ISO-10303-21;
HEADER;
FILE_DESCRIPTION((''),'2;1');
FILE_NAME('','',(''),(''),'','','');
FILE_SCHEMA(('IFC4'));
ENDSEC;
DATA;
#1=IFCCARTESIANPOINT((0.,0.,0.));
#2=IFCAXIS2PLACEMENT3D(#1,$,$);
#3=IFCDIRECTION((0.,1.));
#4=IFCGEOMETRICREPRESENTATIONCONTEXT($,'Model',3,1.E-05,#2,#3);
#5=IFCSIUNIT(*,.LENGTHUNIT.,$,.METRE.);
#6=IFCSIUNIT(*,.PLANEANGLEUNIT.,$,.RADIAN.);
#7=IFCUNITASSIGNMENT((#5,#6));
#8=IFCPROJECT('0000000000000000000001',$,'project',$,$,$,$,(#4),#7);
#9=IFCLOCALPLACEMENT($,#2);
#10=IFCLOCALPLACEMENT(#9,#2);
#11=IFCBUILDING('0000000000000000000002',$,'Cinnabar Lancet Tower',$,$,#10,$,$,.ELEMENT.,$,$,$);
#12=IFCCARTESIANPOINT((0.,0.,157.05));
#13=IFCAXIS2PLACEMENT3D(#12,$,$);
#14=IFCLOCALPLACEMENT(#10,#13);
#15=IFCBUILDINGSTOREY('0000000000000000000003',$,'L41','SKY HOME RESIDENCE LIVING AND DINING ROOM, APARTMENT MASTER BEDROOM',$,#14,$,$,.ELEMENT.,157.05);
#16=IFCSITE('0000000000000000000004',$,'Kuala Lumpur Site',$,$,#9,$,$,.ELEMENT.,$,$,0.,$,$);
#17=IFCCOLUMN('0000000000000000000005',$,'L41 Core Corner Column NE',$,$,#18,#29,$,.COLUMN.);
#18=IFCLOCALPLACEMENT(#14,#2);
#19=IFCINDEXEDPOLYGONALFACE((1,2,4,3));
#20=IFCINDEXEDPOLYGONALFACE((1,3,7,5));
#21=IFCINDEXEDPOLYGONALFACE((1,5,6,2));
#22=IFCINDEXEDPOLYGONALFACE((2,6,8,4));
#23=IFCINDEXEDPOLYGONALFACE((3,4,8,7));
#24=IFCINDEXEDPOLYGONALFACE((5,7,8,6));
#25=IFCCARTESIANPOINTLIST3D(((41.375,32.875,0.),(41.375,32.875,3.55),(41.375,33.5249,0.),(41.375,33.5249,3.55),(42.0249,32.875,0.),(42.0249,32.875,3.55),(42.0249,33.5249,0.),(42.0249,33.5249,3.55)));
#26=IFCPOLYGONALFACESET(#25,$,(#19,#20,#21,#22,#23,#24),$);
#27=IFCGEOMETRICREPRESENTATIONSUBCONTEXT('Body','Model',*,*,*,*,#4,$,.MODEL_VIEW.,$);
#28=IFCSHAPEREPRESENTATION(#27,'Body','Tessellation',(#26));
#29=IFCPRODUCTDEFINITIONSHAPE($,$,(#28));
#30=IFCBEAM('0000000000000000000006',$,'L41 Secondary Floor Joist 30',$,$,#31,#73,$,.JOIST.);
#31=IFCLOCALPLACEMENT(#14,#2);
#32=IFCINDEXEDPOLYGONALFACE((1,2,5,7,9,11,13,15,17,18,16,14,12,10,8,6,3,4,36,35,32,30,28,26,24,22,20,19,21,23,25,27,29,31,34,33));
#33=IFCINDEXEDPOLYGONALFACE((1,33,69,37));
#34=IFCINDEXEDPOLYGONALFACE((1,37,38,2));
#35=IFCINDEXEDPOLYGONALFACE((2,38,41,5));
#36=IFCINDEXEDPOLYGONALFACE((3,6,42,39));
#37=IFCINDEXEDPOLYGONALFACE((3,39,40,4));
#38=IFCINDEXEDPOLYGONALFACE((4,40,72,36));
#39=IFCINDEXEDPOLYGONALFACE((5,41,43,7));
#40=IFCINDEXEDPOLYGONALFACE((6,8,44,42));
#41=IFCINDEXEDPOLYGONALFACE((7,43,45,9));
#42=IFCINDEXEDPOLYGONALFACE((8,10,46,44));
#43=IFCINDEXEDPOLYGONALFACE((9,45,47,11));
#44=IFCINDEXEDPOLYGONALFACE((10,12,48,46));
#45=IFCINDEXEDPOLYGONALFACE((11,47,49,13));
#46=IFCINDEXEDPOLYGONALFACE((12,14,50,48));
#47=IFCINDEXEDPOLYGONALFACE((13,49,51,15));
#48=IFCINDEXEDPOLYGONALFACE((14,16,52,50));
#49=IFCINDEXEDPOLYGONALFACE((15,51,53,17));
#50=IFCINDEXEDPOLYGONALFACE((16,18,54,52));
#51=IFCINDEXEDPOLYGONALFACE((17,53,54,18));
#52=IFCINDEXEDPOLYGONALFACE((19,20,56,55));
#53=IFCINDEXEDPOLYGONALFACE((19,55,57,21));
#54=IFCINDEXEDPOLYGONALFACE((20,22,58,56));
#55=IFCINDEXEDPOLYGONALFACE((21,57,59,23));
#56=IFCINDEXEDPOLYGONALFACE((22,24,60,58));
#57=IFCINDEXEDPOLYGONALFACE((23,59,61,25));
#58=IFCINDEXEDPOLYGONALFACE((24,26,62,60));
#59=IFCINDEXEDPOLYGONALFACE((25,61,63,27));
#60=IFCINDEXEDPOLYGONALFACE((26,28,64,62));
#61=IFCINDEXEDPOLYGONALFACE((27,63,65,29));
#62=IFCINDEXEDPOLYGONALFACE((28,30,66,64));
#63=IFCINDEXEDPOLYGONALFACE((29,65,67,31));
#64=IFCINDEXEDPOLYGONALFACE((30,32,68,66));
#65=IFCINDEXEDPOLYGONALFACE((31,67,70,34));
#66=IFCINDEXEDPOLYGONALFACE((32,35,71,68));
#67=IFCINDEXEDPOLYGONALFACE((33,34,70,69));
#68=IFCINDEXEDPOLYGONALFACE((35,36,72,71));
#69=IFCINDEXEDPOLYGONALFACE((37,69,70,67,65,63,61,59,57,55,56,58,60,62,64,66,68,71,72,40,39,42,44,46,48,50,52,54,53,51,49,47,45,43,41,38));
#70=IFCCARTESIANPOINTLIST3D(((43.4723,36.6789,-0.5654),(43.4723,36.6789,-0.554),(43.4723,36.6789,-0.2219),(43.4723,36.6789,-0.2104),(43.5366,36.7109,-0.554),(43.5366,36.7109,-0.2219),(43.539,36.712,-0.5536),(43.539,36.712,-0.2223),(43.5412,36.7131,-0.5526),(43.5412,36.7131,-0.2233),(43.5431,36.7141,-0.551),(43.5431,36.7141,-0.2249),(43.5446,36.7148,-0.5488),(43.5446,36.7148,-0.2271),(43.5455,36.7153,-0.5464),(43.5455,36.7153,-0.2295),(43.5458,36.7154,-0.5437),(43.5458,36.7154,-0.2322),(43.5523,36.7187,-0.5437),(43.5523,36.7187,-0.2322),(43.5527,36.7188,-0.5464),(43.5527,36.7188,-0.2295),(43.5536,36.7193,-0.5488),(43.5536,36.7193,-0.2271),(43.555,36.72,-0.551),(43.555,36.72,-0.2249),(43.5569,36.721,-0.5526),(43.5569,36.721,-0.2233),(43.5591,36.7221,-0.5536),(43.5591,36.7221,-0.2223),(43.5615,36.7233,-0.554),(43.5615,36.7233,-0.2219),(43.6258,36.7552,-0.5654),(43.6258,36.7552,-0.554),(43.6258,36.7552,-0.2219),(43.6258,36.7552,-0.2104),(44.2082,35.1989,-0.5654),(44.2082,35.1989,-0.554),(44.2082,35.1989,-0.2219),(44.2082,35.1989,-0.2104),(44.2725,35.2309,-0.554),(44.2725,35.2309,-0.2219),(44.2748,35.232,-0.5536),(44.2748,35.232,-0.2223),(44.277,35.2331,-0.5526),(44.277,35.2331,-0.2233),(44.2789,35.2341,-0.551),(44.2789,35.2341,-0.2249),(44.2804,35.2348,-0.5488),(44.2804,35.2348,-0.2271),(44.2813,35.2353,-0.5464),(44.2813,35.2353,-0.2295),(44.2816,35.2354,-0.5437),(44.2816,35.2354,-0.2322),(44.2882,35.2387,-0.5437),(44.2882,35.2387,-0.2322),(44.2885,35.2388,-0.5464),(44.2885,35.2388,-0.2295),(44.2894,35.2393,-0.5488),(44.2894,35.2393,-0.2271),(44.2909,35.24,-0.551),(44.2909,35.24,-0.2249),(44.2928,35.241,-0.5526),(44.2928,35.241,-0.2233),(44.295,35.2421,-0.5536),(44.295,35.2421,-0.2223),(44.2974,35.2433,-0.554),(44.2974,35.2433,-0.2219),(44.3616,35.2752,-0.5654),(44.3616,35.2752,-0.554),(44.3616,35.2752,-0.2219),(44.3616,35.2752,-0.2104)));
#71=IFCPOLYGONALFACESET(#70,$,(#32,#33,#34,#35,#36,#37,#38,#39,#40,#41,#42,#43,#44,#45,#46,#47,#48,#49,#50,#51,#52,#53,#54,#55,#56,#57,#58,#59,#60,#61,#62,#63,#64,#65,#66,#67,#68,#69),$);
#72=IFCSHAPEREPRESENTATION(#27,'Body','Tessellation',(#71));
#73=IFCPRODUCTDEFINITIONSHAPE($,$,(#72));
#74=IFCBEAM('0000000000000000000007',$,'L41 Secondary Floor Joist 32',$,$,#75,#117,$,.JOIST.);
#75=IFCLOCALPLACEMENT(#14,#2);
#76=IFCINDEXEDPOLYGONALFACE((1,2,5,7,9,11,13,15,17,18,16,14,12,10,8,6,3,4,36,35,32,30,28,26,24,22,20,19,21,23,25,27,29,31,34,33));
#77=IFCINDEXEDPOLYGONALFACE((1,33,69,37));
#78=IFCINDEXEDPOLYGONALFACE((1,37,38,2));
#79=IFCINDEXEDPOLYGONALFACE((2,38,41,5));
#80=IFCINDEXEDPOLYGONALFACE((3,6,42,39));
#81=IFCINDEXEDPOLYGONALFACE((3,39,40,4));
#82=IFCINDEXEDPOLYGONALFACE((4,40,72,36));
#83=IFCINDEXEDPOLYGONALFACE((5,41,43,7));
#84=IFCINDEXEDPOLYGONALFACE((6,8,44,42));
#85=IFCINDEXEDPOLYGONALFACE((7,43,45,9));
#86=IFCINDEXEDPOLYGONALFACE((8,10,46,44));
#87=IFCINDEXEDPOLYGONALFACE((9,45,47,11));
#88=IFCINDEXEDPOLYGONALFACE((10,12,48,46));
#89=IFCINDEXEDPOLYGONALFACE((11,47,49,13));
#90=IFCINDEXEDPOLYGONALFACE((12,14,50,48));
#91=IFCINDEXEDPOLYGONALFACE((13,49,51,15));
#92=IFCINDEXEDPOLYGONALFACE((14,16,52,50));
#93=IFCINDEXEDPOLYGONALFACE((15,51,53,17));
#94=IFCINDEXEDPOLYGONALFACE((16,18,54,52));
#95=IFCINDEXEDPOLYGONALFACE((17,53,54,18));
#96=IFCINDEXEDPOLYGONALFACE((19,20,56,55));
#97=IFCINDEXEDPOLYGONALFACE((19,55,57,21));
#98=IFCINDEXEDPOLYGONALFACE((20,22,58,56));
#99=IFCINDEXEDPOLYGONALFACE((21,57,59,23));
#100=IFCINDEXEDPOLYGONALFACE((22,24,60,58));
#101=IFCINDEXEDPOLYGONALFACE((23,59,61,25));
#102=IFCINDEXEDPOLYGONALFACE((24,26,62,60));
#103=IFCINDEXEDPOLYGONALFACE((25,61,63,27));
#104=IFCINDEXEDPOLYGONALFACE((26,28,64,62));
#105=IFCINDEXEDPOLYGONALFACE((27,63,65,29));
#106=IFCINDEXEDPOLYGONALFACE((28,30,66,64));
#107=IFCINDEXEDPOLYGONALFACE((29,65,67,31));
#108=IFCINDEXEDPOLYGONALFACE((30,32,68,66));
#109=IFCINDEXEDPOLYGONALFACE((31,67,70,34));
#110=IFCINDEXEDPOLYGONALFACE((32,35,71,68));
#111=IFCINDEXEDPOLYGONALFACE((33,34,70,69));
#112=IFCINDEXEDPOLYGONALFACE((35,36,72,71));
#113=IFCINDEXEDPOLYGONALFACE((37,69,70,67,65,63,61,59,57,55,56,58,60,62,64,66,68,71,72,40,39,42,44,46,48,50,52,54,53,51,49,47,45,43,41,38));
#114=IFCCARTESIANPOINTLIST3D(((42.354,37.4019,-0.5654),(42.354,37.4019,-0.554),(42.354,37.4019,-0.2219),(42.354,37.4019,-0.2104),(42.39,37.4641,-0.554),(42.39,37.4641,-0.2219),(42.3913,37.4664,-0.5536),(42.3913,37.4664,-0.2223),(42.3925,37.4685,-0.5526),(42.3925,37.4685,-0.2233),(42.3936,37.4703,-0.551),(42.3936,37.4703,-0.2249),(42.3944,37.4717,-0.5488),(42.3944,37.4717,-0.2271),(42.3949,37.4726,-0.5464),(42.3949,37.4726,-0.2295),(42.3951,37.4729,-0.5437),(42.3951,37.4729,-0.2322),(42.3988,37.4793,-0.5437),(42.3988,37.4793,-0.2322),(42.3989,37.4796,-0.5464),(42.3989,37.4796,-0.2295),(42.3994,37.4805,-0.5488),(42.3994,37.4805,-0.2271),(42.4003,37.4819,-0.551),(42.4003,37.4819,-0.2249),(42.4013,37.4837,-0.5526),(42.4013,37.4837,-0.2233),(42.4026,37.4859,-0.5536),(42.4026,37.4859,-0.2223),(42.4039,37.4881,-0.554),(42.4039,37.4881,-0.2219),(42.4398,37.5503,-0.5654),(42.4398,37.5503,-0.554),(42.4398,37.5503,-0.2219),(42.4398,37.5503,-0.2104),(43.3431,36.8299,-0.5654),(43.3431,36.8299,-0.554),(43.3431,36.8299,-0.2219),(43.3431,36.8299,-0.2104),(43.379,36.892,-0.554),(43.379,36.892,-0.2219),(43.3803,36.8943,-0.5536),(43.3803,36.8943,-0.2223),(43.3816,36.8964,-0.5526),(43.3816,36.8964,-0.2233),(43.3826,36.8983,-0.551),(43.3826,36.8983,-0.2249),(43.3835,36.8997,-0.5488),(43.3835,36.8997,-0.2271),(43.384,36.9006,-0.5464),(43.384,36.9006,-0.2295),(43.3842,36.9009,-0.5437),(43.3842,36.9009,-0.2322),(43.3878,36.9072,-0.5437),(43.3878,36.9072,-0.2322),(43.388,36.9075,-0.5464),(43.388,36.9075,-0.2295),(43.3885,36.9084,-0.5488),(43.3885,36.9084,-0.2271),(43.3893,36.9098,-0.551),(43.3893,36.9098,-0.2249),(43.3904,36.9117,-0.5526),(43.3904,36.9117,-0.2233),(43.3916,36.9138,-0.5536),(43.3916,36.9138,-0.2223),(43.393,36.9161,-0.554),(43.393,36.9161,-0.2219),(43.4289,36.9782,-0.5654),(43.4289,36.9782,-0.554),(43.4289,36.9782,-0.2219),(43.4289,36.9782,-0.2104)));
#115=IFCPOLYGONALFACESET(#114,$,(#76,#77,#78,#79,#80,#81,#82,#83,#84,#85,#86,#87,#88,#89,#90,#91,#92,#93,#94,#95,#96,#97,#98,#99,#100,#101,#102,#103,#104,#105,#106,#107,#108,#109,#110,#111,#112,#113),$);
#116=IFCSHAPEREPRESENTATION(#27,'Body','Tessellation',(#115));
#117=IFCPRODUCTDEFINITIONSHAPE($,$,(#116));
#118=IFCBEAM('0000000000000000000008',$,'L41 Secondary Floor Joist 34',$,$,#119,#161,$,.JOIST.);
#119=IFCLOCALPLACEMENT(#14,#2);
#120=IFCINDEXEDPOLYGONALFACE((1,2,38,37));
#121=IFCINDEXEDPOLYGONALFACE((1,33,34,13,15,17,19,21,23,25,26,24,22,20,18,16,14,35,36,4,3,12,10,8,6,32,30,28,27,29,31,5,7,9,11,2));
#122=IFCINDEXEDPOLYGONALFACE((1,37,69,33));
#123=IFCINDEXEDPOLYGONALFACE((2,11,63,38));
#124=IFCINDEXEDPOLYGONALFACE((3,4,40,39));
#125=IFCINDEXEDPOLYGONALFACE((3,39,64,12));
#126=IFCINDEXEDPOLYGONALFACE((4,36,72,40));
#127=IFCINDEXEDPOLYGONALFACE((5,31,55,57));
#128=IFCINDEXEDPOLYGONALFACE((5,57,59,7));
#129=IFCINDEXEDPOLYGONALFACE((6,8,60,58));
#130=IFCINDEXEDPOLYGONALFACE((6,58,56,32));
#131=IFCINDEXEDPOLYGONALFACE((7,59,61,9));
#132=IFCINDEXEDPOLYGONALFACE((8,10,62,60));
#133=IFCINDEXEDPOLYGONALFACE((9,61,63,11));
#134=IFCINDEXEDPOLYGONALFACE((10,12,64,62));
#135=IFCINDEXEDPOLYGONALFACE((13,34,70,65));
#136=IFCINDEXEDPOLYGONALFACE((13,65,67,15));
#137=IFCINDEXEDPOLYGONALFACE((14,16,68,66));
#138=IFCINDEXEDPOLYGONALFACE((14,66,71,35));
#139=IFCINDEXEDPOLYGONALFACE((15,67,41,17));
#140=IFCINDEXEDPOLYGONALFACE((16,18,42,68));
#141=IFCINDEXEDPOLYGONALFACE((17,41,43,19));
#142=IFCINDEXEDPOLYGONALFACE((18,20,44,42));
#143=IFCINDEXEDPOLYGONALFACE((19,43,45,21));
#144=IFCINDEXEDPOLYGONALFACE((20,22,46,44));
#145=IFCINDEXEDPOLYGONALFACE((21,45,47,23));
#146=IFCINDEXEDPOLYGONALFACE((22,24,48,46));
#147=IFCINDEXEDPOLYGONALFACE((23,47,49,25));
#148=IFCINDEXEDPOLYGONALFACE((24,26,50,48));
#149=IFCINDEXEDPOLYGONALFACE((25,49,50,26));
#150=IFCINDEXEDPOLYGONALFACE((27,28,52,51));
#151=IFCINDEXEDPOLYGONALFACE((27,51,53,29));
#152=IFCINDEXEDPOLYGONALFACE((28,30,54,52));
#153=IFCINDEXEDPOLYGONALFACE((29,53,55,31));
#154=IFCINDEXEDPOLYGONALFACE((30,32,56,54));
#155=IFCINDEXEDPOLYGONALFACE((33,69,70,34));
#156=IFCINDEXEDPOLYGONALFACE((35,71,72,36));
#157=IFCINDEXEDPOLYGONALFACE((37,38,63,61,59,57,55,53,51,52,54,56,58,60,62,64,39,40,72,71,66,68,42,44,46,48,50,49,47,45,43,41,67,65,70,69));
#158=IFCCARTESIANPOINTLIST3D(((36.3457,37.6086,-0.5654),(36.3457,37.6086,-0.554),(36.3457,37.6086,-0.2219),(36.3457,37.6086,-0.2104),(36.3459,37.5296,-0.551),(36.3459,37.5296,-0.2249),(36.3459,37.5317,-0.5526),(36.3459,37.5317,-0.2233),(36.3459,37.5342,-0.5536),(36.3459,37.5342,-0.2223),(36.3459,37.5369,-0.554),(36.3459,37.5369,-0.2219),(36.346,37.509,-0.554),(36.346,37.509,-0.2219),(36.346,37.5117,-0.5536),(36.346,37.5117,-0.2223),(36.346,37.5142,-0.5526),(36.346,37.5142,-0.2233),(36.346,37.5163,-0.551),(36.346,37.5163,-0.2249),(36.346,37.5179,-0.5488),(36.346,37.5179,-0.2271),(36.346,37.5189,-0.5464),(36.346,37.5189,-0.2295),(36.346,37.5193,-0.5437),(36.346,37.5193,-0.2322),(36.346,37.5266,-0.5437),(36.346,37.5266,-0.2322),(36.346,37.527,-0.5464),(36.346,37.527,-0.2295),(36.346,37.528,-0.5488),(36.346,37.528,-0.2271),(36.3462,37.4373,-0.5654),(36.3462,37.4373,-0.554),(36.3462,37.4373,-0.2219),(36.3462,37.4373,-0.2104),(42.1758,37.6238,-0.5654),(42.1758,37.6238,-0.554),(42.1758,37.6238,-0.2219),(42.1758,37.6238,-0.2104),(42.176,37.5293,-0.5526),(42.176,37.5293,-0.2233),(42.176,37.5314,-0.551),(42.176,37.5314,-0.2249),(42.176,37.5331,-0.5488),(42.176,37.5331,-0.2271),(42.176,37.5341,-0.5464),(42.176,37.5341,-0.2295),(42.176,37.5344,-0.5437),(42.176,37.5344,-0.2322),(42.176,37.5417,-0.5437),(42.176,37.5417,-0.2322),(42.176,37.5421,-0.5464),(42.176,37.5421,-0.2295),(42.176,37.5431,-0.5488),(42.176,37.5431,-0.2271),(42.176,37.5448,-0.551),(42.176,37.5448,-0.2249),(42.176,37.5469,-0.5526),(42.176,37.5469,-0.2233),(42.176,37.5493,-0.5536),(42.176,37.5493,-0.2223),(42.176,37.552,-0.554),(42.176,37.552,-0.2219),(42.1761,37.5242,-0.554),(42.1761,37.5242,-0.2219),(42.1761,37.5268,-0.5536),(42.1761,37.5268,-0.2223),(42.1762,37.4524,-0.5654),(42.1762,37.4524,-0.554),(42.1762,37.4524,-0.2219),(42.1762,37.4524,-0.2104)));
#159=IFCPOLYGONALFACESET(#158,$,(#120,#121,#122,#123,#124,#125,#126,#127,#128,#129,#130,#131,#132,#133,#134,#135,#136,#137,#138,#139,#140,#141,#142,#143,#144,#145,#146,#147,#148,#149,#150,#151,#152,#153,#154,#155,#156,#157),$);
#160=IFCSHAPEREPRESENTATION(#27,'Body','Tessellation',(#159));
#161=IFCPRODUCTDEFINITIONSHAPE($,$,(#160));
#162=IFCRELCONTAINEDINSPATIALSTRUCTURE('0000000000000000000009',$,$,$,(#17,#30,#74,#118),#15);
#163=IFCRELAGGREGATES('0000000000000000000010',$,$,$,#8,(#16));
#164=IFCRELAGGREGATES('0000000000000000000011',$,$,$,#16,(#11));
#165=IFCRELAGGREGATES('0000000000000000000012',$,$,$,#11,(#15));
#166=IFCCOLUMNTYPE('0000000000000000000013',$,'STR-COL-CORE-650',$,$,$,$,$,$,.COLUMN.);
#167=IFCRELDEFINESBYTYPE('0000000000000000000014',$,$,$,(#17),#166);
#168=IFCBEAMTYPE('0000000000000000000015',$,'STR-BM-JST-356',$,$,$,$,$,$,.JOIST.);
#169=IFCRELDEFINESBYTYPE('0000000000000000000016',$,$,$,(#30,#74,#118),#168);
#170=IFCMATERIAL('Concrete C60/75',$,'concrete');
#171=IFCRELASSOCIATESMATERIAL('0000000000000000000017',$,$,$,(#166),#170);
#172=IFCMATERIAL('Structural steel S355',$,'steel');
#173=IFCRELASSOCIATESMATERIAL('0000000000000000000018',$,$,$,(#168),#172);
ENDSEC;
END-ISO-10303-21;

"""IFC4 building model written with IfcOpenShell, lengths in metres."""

from ifc_helpers import new_model, si_unit, direction, frame, origin, origin_2d, place, context, subcontext, project, spatial, rectangle, i_section, extrude, material, material_profile, profile_set, type_object, element, save


model = new_model("IFC4")

# Units and contexts
model_context = context("Model", 3, precision=1e-05, world=origin(), true_north=direction((0.0, 1.0)))
body_context = subcontext(model_context, "Body", "Model", "MODEL_VIEW")
ifc_project = project(units=[si_unit("LENGTHUNIT", "METRE"), si_unit("PLANEANGLEUNIT", "RADIAN")], contexts=[model_context])

# Site, building, storey
site_placement = place(None, origin())
site = spatial("IfcSite", under=ifc_project, at=site_placement, Name="Kuala Lumpur Site", CompositionType="ELEMENT", RefElevation=0.0)
building_placement = place(site_placement, origin())
building = spatial("IfcBuilding", under=site, at=building_placement, Name="Cinnabar Lancet Tower", CompositionType="ELEMENT")
storey_placement = place(building_placement, frame((0.0, 0.0, 157.05)))
storey = spatial("IfcBuildingStorey", under=building, at=storey_placement, Name="L41", Description="SKY HOME RESIDENCE LIVING AND DINING ROOM, APARTMENT MASTER BEDROOM", CompositionType="ELEMENT", Elevation=157.05)

# Column
ifc_material_1 = material(Name="Concrete C60/75", Category="concrete")
ifc_material_profile_1 = material_profile(ifc_material_1, rectangle(XDim=0.6499, YDim=0.6499, at=origin_2d()), Name="RC-COL 650x650")
ifc_profile_set_1 = profile_set([ifc_material_profile_1], Name="Concrete C60/75")
column_type = type_object("IfcColumnType", Name="STR-COL-CORE-650", PredefinedType="COLUMN", material=ifc_profile_set_1)
column_placement = place(storey_placement, frame((41.7, 33.2, 0.0), z_axis=(0.0, 0.0, 1.0), x_axis=(1.0, 0.0, 0.0)))
element("IfcColumn", 1, at=column_placement, inside=storey, type_object=column_type, Name="L41 Core Corner Column NE", PredefinedType="COLUMN", context=body_context, shape_type="SweptSolid", body=[
    extrude(rectangle(XDim=0.6499, YDim=0.6499, at=origin_2d()), origin(), (0.0, 0.0, 1.0), 3.55),
])

# Beams
ifc_material_2 = material(Name="Structural steel S355", Category="steel")
ifc_material_profile_2 = material_profile(ifc_material_2, i_section(OverallWidth=0.1714, OverallDepth=0.355, WebThickness=0.0073, FlangeThickness=0.0115, FilletRadius=0.0103, at=origin_2d()), Name="UKB 356x171x51")
ifc_profile_set_2 = profile_set([ifc_material_profile_2], Name="Structural steel S355")
beam_type = type_object("IfcBeamType", Name="STR-BM-JST-356", PredefinedType="JOIST", material=ifc_profile_set_2)
beam_1_placement = place(storey_placement, frame((44.2849, 35.2371, -0.3879), z_axis=(-0.445204, 0.895429, 0.0), x_axis=(-0.895429, -0.445204, 0.0)))
element("IfcBeam", 2, at=beam_1_placement, inside=storey, type_object=beam_type, Name="L41 Secondary Floor Joist 30", PredefinedType="JOIST", context=body_context, shape_type="SweptSolid", body=[
    extrude(i_section(OverallWidth=0.1714, OverallDepth=0.355, WebThickness=0.0073, FlangeThickness=0.0115, FilletRadius=0.0103, at=origin_2d()), origin(), (0.0, 0.0, 1.0), 1.6528),
])
beam_2_placement = place(storey_placement, frame((43.386, 36.9041, -0.3879), z_axis=(-0.865641, 0.500666, 0.0), x_axis=(-0.500666, -0.865641, 0.0)))
element("IfcBeam", 3, at=beam_2_placement, inside=storey, type_object=beam_type, Name="L41 Secondary Floor Joist 32", PredefinedType="JOIST", context=body_context, shape_type="SweptSolid", body=[
    extrude(i_section(OverallWidth=0.1714, OverallDepth=0.355, WebThickness=0.0073, FlangeThickness=0.0115, FilletRadius=0.0103, at=origin_2d()), origin(), (0.0, 0.0, 1.0), 1.1426),
])
beam_3_placement = place(storey_placement, frame((42.176, 37.5381, -0.3879), z_axis=(-0.999997, -0.002596, 0.0), x_axis=(0.002596, -0.999997, 0.0)))
element("IfcBeam", 4, at=beam_3_placement, inside=storey, type_object=beam_type, Name="L41 Secondary Floor Joist 34", PredefinedType="JOIST", context=body_context, shape_type="SweptSolid", body=[
    extrude(i_section(OverallWidth=0.1714, OverallDepth=0.355, WebThickness=0.0073, FlangeThickness=0.0115, FilletRadius=0.0103, at=origin_2d()), origin(), (0.0, 0.0, 1.0), 5.8301),
])

save(model, "model.ifc")
